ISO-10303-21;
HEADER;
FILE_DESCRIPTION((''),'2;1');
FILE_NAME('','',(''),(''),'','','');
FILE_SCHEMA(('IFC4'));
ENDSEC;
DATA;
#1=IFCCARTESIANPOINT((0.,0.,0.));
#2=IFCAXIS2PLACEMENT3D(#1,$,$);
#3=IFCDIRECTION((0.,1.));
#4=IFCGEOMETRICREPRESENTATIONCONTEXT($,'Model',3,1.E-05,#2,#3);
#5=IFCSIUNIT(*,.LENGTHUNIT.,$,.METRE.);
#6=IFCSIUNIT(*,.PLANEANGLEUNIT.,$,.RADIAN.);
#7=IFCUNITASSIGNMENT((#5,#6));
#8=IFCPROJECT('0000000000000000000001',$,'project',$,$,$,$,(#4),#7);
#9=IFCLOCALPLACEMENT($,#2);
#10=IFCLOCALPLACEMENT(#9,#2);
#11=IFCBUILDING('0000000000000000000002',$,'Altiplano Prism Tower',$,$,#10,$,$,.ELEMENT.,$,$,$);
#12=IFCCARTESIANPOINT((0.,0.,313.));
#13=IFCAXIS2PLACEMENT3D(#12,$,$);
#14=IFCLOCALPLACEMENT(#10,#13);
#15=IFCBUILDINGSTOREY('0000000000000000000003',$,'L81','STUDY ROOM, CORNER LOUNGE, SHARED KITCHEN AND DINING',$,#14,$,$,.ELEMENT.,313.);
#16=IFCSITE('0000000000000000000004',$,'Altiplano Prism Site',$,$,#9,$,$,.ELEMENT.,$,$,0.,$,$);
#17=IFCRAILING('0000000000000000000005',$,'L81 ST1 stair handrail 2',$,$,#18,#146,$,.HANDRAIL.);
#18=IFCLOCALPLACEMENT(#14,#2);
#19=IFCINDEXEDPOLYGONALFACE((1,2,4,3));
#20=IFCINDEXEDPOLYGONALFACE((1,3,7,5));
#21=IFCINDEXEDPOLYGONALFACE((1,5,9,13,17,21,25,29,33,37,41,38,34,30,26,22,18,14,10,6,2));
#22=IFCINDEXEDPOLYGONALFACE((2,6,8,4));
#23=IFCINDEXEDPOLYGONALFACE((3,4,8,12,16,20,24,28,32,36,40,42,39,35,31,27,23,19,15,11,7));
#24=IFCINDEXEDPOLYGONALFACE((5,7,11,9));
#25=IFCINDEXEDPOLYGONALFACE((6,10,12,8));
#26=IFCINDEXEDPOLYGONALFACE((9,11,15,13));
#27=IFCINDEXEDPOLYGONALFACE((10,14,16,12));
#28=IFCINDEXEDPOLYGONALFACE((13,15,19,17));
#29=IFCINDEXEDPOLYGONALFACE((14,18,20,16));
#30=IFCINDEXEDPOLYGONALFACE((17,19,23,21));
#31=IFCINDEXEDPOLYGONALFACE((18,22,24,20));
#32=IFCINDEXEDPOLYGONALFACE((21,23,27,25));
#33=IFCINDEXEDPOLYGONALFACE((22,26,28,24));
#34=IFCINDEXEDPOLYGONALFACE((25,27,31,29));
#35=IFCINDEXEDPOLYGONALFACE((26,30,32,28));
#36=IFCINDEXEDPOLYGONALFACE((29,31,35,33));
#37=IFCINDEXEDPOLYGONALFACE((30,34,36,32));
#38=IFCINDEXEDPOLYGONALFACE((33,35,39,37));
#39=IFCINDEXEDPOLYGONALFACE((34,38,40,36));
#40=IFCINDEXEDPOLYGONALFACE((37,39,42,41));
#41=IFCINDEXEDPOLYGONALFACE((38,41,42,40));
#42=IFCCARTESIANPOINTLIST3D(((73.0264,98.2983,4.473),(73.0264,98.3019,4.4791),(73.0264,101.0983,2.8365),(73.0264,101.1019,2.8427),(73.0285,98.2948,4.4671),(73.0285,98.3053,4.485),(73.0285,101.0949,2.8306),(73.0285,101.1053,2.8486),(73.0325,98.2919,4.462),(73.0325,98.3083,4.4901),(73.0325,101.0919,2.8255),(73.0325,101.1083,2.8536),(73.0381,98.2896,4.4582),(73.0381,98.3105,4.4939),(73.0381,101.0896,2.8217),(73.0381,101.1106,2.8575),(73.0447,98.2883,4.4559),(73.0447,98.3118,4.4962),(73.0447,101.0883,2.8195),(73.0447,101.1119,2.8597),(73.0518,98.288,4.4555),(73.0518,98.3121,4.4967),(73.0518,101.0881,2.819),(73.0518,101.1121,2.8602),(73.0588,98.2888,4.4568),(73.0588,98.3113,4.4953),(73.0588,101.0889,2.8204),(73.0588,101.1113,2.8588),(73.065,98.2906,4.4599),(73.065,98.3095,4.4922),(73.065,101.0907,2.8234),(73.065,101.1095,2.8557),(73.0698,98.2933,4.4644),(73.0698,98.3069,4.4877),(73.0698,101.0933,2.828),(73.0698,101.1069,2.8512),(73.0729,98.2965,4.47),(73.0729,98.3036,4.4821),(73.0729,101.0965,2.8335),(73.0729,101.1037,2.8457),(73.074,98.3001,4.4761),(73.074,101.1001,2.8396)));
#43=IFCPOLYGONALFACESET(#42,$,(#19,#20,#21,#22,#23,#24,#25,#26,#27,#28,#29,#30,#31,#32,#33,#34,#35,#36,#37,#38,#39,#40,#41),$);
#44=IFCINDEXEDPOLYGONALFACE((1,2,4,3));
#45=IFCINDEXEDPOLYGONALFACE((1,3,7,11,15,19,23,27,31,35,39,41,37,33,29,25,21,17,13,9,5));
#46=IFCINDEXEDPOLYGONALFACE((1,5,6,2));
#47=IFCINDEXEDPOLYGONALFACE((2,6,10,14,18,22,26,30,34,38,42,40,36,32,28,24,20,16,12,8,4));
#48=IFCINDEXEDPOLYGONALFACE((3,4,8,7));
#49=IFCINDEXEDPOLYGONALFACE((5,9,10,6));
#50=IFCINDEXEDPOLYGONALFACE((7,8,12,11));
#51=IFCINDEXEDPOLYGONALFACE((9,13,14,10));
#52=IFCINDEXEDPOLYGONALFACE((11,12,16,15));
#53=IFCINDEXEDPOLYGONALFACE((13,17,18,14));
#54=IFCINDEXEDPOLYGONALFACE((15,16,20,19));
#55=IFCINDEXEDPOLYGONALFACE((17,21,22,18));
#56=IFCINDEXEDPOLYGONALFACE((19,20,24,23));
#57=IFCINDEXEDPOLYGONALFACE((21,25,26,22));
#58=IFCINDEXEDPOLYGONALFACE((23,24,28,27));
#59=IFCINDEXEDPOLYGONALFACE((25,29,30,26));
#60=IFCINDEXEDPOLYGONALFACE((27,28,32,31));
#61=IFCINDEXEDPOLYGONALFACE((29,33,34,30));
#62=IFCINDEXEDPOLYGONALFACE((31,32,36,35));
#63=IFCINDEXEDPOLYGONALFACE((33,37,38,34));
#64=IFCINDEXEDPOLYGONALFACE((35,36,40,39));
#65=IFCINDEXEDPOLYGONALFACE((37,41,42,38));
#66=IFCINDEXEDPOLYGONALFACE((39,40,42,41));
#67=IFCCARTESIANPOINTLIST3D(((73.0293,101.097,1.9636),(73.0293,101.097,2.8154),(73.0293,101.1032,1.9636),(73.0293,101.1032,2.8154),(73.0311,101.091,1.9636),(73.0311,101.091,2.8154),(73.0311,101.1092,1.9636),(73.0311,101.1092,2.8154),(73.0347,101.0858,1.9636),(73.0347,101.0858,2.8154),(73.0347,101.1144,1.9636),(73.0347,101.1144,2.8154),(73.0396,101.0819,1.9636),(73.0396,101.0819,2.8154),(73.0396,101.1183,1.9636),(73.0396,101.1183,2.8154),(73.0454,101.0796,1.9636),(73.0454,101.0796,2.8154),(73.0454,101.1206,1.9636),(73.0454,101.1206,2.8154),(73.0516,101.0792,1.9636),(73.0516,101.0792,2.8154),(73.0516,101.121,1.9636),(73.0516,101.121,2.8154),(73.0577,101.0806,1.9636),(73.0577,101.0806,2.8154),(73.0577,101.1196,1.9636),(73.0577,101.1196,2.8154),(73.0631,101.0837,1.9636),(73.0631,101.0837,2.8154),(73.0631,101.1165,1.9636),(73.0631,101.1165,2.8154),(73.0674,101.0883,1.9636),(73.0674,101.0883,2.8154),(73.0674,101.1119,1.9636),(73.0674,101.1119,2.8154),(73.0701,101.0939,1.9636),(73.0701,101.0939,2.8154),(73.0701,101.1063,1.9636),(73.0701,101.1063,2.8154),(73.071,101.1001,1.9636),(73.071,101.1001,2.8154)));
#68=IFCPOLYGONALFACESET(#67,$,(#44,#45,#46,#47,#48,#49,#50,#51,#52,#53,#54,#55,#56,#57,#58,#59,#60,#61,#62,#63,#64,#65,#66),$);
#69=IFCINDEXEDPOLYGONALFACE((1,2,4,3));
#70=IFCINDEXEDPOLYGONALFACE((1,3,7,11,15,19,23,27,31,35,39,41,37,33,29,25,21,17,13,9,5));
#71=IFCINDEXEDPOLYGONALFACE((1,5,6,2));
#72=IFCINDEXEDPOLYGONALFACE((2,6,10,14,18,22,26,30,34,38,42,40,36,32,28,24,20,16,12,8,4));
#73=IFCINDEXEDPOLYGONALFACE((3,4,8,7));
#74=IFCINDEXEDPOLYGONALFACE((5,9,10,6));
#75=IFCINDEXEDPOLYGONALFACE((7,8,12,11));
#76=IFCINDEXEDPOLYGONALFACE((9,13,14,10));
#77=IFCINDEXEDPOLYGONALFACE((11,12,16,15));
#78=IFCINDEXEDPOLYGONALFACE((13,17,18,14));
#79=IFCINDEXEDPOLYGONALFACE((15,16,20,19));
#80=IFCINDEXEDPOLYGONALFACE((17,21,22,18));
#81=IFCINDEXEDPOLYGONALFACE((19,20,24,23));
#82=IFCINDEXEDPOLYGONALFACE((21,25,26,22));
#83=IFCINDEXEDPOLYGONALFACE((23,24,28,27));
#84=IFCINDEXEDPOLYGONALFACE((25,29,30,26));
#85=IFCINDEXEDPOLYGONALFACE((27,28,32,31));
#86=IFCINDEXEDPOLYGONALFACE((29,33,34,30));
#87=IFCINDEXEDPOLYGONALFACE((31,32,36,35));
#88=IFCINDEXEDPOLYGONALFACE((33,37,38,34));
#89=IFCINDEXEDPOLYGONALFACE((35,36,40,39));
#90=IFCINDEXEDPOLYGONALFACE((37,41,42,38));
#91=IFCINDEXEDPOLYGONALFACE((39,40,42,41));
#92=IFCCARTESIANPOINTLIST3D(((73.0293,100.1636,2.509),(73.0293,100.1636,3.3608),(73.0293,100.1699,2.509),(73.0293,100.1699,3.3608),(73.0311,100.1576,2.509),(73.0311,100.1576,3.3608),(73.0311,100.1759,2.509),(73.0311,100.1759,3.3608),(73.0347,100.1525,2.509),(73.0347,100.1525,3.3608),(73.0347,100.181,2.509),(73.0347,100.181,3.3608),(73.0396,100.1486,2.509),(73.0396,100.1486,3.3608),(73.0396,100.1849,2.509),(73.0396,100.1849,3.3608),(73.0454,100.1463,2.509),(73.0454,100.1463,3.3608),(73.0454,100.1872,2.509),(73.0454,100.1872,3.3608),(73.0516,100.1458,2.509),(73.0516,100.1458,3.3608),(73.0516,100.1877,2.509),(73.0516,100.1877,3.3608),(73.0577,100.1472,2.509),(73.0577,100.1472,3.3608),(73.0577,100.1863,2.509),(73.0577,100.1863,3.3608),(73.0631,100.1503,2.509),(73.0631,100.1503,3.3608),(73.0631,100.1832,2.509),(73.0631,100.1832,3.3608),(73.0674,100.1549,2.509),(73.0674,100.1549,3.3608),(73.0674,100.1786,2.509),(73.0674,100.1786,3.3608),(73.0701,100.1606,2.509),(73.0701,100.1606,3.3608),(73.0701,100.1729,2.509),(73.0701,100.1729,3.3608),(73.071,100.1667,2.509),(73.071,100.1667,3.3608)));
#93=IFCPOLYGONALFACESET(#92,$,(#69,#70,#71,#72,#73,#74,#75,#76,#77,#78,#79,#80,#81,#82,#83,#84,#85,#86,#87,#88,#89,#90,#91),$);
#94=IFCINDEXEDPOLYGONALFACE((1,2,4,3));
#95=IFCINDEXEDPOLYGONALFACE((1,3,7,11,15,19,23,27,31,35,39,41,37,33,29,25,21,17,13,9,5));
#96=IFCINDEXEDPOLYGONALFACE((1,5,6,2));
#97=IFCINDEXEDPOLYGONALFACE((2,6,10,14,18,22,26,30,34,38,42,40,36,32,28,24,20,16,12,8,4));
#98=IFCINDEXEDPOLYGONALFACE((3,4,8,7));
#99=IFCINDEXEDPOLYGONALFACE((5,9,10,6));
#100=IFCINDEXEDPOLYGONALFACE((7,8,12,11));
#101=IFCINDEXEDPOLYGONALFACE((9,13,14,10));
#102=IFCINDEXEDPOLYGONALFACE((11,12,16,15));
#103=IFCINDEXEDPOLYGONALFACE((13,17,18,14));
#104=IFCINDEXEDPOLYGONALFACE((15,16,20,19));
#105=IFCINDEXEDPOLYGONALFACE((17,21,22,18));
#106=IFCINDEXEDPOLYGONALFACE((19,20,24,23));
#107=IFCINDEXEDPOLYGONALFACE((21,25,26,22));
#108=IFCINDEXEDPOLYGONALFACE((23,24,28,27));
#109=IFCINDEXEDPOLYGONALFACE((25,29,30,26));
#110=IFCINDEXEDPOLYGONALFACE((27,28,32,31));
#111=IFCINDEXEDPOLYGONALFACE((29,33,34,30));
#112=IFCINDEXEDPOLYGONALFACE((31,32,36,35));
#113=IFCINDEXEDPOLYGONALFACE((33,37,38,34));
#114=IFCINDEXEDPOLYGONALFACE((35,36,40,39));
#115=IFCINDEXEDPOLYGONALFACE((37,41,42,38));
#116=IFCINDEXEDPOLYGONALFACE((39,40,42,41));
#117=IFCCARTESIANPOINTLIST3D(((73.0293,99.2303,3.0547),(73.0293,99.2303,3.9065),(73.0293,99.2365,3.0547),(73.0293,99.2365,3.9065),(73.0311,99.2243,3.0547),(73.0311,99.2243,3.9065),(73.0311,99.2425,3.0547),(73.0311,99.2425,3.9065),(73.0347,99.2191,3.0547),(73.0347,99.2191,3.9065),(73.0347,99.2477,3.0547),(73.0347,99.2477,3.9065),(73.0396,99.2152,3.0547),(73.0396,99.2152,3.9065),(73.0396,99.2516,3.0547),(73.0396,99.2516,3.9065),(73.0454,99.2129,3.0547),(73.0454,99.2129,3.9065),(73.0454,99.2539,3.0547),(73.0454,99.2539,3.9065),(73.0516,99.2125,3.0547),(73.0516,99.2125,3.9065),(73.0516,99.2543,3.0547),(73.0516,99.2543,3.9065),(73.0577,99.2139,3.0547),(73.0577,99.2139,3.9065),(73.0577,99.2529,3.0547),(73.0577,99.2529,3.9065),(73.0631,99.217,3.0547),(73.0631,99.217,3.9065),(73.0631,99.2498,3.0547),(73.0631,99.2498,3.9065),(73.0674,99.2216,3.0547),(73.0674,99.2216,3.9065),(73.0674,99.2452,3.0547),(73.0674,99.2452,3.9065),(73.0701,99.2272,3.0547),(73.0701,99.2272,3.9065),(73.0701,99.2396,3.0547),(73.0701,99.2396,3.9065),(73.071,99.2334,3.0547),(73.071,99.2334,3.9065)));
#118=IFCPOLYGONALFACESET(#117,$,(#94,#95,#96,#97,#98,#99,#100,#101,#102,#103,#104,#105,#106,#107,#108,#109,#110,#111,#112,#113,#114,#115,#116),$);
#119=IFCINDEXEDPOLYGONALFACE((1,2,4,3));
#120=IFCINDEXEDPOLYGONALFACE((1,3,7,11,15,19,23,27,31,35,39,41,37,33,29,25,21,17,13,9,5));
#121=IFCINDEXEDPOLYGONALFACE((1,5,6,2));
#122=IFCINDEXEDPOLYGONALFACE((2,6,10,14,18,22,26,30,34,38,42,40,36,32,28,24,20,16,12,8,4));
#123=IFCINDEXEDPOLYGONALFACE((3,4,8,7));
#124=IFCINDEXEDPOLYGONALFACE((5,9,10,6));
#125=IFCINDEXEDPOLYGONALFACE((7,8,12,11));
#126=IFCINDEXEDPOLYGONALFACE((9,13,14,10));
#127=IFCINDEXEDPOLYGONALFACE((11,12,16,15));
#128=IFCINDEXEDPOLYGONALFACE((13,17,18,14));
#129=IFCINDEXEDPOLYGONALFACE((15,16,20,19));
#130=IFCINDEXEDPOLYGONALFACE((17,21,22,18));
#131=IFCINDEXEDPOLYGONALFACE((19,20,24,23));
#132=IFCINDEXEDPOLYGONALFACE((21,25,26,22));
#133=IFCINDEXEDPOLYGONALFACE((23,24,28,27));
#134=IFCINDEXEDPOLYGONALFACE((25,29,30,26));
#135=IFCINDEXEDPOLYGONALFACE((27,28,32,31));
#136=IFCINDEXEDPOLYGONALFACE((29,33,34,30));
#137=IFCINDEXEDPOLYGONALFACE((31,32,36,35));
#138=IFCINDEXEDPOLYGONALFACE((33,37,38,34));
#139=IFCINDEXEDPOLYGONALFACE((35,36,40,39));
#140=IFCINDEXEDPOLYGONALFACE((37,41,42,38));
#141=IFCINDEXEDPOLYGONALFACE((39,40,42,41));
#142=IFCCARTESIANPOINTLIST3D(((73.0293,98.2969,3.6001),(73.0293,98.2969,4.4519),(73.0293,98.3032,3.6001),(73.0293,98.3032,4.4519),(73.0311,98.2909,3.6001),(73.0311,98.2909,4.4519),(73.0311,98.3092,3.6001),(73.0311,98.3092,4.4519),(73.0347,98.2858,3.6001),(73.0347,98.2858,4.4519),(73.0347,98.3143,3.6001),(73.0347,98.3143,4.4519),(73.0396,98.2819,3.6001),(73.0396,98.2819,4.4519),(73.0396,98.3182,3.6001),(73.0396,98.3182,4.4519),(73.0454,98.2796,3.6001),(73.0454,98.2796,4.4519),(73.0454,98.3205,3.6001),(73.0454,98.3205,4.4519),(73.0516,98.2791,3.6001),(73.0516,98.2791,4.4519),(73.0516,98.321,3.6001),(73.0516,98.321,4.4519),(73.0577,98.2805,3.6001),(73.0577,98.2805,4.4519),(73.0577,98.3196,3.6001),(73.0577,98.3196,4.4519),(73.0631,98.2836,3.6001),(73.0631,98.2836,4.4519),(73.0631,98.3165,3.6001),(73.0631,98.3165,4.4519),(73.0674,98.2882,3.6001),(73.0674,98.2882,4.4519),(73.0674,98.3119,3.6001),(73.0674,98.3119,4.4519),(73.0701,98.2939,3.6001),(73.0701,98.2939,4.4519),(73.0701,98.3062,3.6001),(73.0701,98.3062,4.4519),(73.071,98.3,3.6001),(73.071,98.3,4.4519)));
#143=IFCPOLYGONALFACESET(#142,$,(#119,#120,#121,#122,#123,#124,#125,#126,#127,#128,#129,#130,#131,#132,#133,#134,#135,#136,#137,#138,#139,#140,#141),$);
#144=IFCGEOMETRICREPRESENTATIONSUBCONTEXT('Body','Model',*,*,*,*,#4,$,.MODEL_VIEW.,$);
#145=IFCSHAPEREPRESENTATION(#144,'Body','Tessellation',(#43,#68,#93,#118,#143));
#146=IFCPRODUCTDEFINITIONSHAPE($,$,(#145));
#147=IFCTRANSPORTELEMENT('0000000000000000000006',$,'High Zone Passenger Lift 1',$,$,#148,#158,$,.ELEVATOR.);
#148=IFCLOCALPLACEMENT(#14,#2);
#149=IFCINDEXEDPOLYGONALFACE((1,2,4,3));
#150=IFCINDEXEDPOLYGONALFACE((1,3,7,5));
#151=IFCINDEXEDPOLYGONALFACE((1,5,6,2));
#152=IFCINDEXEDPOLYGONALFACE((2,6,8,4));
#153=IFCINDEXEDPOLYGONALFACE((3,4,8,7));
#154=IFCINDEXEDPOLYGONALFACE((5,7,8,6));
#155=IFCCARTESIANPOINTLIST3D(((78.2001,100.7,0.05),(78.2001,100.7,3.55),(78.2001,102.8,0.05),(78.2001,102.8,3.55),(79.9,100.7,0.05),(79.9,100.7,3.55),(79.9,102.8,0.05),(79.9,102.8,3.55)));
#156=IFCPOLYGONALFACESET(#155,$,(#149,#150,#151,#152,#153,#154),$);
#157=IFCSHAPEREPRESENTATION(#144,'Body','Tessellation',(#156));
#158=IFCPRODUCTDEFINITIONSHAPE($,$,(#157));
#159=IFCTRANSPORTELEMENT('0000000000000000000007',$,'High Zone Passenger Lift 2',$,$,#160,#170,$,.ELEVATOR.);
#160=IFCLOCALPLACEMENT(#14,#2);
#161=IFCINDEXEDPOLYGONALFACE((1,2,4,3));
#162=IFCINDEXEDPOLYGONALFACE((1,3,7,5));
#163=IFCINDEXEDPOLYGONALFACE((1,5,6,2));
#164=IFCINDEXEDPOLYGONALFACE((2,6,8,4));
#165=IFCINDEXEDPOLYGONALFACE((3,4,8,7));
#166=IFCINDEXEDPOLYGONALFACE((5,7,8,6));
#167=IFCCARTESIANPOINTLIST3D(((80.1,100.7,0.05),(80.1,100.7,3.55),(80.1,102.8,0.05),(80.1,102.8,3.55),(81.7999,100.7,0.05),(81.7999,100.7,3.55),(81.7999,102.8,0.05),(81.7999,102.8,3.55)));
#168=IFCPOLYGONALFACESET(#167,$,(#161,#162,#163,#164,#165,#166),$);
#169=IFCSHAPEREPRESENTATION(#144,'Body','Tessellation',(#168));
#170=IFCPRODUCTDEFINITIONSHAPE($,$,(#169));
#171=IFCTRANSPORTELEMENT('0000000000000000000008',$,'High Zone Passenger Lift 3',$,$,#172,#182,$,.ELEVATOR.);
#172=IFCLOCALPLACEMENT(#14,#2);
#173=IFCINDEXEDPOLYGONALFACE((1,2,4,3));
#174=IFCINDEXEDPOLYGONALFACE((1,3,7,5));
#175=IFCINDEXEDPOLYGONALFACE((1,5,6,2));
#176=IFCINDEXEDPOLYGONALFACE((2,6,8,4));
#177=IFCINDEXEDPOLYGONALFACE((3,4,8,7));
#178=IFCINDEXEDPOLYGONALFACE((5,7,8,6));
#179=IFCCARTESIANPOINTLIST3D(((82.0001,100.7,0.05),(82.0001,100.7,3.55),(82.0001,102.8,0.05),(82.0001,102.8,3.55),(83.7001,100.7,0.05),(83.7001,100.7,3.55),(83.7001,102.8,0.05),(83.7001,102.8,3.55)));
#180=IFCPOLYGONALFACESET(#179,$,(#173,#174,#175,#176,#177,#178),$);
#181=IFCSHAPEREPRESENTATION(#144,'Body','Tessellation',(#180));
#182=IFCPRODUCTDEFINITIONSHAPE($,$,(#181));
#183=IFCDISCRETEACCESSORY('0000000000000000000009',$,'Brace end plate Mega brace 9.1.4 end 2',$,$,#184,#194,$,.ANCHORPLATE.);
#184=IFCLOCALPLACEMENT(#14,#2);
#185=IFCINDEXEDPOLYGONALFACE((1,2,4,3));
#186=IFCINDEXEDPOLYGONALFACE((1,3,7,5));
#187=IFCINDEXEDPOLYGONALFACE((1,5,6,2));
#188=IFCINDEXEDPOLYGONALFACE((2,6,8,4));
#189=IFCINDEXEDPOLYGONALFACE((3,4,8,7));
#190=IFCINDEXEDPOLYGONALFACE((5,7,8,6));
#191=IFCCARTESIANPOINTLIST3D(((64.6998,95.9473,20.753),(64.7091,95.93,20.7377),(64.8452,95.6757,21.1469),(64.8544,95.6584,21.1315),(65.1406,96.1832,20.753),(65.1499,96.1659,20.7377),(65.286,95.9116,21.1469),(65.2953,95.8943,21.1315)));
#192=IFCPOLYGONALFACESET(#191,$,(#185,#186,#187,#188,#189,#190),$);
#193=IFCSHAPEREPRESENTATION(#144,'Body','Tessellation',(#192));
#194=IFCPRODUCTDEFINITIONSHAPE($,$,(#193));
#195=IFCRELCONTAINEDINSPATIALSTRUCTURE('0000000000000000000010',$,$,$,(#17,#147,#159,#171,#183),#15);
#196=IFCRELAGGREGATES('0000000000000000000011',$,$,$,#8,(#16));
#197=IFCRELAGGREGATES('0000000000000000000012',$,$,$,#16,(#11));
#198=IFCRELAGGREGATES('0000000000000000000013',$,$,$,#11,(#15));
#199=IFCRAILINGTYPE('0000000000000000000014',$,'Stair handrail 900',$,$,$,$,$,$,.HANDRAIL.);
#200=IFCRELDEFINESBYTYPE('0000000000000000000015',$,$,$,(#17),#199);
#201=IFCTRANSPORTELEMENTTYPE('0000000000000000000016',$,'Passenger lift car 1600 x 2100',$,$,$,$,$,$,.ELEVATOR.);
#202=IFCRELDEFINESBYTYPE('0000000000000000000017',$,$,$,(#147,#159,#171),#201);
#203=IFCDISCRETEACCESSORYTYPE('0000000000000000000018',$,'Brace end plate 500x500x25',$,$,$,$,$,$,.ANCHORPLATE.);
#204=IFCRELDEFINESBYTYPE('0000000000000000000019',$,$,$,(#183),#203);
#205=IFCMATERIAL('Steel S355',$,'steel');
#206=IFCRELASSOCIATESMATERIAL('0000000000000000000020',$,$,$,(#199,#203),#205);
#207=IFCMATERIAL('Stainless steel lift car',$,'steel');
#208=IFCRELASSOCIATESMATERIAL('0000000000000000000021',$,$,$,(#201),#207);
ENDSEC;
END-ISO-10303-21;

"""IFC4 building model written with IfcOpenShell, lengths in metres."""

from ifc_helpers import new_model, si_unit, direction, frame, origin, origin_2d, place, context, subcontext, project, spatial, rectangle, circle, extrude, material, material_profile, profile_set, type_object, element, save


model = new_model("IFC4")

# Units and contexts
model_context = context("Model", 3, precision=1e-05, world=origin(), true_north=direction((0.0, 1.0)))
body_context = subcontext(model_context, "Body", "Model", "MODEL_VIEW")
ifc_project = project(units=[si_unit("LENGTHUNIT", "METRE"), si_unit("PLANEANGLEUNIT", "RADIAN")], contexts=[model_context])

# Site, building, storey
site_placement = place(None, origin())
site = spatial("IfcSite", under=ifc_project, at=site_placement, Name="Altiplano Prism Site", CompositionType="ELEMENT", RefElevation=0.0)
building_placement = place(site_placement, origin())
building = spatial("IfcBuilding", under=site, at=building_placement, Name="Altiplano Prism Tower", CompositionType="ELEMENT")
storey_placement = place(building_placement, frame((0.0, 0.0, 313.0)))
storey = spatial("IfcBuildingStorey", under=building, at=storey_placement, Name="L81", Description="STUDY ROOM, CORNER LOUNGE, SHARED KITCHEN AND DINING", CompositionType="ELEMENT", Elevation=313.0)

# Railing
ifc_material_1 = material(Name="Steel S355", Category="steel")
railing_type = type_object("IfcRailingType", Name="Stair handrail 900", PredefinedType="HANDRAIL", material=ifc_material_1)
railing_1_placement = place(storey_placement, frame((73.05, 101.1001, 1.9636)))
element("IfcRailing", 1, at=railing_1_placement, inside=storey, type_object=railing_type, Name="L81 ST1 stair handrail 2", PredefinedType="HANDRAIL", context=body_context, shape_type="SweptSolid", body=[
    extrude(circle(Radius=0.0239, at=origin_2d()), frame((0.0, 0.0, 0.876), z_axis=(0.0, -0.863361, 0.504587), x_axis=(1.0, 0.0, 0.0)), (0.0, 0.0, 1.0), 3.2432),
    extrude(circle(Radius=0.021, at=origin_2d()), origin(), (0.0, 0.0, 1.0), 0.8518),
    extrude(circle(Radius=0.021, at=origin_2d()), frame((0.0, -0.9333, 0.5454)), (0.0, 0.0, 1.0), 0.8518),
    extrude(circle(Radius=0.021, at=origin_2d()), frame((0.0, -1.8667, 1.0911)), (0.0, 0.0, 1.0), 0.8518),
    extrude(circle(Radius=0.021, at=origin_2d()), frame((0.0, -2.8, 1.6365)), (0.0, 0.0, 1.0), 0.8518),
])

# Transport elements
ifc_material_2 = material(Name="Stainless steel lift car", Category="steel")
transport_element_type = type_object("IfcTransportElementType", Name="Passenger lift car 1600 x 2100", PredefinedType="ELEVATOR", material=ifc_material_2)
for number, where, z_axis, x_axis, name in (
    (2, (79.05, 101.75, 0.05), (0.0, 0.0, 1.0), (1.0, 0.0, 0.0), "High Zone Passenger Lift 1"),
    (3, (80.95, 101.75, 0.05), (0.0, 0.0, 1.0), (1.0, 0.0, 0.0), "High Zone Passenger Lift 2"),
    (4, (82.8501, 101.75, 0.05), (0.0, 0.0, 1.0), (1.0, 0.0, 0.0), "High Zone Passenger Lift 3"),
):
    element("IfcTransportElement", number, at=place(storey_placement, frame(where, z_axis=z_axis, x_axis=x_axis)), inside=storey, type_object=transport_element_type, Name=name, PredefinedType="ELEVATOR", context=body_context, shape_type="SweptSolid", body=[
        extrude(rectangle(XDim=1.7, YDim=2.1001, at=origin_2d()), origin(), (0.0, 0.0, 1.0), 3.5),
    ])

# Discrete accessory
ifc_material_profile_1 = material_profile(ifc_material_1, rectangle(XDim=0.5, YDim=0.5, at=origin_2d()), Name="Brace end plate 500x500x25")
ifc_profile_set_1 = profile_set([ifc_material_profile_1], Name="Steel S355")
discrete_accessory_type = type_object("IfcDiscreteAccessoryType", Name="Brace end plate 500x500x25", PredefinedType="ANCHORPLATE", material=ifc_profile_set_1)
discrete_accessory_placement = place(storey_placement, frame((64.9929, 95.9294, 20.95), z_axis=(0.371657, -0.694412, -0.616168), x_axis=(0.881665, 0.471877, 0.0)))
element("IfcDiscreteAccessory", 5, at=discrete_accessory_placement, inside=storey, type_object=discrete_accessory_type, Name="Brace end plate Mega brace 9.1.4 end 2", PredefinedType="ANCHORPLATE", context=body_context, shape_type="SweptSolid", body=[
    extrude(rectangle(XDim=0.5, YDim=0.5, at=origin_2d()), origin(), (0.0, 0.0, 1.0), 0.0249),
])

save(model, "model.ifc")
